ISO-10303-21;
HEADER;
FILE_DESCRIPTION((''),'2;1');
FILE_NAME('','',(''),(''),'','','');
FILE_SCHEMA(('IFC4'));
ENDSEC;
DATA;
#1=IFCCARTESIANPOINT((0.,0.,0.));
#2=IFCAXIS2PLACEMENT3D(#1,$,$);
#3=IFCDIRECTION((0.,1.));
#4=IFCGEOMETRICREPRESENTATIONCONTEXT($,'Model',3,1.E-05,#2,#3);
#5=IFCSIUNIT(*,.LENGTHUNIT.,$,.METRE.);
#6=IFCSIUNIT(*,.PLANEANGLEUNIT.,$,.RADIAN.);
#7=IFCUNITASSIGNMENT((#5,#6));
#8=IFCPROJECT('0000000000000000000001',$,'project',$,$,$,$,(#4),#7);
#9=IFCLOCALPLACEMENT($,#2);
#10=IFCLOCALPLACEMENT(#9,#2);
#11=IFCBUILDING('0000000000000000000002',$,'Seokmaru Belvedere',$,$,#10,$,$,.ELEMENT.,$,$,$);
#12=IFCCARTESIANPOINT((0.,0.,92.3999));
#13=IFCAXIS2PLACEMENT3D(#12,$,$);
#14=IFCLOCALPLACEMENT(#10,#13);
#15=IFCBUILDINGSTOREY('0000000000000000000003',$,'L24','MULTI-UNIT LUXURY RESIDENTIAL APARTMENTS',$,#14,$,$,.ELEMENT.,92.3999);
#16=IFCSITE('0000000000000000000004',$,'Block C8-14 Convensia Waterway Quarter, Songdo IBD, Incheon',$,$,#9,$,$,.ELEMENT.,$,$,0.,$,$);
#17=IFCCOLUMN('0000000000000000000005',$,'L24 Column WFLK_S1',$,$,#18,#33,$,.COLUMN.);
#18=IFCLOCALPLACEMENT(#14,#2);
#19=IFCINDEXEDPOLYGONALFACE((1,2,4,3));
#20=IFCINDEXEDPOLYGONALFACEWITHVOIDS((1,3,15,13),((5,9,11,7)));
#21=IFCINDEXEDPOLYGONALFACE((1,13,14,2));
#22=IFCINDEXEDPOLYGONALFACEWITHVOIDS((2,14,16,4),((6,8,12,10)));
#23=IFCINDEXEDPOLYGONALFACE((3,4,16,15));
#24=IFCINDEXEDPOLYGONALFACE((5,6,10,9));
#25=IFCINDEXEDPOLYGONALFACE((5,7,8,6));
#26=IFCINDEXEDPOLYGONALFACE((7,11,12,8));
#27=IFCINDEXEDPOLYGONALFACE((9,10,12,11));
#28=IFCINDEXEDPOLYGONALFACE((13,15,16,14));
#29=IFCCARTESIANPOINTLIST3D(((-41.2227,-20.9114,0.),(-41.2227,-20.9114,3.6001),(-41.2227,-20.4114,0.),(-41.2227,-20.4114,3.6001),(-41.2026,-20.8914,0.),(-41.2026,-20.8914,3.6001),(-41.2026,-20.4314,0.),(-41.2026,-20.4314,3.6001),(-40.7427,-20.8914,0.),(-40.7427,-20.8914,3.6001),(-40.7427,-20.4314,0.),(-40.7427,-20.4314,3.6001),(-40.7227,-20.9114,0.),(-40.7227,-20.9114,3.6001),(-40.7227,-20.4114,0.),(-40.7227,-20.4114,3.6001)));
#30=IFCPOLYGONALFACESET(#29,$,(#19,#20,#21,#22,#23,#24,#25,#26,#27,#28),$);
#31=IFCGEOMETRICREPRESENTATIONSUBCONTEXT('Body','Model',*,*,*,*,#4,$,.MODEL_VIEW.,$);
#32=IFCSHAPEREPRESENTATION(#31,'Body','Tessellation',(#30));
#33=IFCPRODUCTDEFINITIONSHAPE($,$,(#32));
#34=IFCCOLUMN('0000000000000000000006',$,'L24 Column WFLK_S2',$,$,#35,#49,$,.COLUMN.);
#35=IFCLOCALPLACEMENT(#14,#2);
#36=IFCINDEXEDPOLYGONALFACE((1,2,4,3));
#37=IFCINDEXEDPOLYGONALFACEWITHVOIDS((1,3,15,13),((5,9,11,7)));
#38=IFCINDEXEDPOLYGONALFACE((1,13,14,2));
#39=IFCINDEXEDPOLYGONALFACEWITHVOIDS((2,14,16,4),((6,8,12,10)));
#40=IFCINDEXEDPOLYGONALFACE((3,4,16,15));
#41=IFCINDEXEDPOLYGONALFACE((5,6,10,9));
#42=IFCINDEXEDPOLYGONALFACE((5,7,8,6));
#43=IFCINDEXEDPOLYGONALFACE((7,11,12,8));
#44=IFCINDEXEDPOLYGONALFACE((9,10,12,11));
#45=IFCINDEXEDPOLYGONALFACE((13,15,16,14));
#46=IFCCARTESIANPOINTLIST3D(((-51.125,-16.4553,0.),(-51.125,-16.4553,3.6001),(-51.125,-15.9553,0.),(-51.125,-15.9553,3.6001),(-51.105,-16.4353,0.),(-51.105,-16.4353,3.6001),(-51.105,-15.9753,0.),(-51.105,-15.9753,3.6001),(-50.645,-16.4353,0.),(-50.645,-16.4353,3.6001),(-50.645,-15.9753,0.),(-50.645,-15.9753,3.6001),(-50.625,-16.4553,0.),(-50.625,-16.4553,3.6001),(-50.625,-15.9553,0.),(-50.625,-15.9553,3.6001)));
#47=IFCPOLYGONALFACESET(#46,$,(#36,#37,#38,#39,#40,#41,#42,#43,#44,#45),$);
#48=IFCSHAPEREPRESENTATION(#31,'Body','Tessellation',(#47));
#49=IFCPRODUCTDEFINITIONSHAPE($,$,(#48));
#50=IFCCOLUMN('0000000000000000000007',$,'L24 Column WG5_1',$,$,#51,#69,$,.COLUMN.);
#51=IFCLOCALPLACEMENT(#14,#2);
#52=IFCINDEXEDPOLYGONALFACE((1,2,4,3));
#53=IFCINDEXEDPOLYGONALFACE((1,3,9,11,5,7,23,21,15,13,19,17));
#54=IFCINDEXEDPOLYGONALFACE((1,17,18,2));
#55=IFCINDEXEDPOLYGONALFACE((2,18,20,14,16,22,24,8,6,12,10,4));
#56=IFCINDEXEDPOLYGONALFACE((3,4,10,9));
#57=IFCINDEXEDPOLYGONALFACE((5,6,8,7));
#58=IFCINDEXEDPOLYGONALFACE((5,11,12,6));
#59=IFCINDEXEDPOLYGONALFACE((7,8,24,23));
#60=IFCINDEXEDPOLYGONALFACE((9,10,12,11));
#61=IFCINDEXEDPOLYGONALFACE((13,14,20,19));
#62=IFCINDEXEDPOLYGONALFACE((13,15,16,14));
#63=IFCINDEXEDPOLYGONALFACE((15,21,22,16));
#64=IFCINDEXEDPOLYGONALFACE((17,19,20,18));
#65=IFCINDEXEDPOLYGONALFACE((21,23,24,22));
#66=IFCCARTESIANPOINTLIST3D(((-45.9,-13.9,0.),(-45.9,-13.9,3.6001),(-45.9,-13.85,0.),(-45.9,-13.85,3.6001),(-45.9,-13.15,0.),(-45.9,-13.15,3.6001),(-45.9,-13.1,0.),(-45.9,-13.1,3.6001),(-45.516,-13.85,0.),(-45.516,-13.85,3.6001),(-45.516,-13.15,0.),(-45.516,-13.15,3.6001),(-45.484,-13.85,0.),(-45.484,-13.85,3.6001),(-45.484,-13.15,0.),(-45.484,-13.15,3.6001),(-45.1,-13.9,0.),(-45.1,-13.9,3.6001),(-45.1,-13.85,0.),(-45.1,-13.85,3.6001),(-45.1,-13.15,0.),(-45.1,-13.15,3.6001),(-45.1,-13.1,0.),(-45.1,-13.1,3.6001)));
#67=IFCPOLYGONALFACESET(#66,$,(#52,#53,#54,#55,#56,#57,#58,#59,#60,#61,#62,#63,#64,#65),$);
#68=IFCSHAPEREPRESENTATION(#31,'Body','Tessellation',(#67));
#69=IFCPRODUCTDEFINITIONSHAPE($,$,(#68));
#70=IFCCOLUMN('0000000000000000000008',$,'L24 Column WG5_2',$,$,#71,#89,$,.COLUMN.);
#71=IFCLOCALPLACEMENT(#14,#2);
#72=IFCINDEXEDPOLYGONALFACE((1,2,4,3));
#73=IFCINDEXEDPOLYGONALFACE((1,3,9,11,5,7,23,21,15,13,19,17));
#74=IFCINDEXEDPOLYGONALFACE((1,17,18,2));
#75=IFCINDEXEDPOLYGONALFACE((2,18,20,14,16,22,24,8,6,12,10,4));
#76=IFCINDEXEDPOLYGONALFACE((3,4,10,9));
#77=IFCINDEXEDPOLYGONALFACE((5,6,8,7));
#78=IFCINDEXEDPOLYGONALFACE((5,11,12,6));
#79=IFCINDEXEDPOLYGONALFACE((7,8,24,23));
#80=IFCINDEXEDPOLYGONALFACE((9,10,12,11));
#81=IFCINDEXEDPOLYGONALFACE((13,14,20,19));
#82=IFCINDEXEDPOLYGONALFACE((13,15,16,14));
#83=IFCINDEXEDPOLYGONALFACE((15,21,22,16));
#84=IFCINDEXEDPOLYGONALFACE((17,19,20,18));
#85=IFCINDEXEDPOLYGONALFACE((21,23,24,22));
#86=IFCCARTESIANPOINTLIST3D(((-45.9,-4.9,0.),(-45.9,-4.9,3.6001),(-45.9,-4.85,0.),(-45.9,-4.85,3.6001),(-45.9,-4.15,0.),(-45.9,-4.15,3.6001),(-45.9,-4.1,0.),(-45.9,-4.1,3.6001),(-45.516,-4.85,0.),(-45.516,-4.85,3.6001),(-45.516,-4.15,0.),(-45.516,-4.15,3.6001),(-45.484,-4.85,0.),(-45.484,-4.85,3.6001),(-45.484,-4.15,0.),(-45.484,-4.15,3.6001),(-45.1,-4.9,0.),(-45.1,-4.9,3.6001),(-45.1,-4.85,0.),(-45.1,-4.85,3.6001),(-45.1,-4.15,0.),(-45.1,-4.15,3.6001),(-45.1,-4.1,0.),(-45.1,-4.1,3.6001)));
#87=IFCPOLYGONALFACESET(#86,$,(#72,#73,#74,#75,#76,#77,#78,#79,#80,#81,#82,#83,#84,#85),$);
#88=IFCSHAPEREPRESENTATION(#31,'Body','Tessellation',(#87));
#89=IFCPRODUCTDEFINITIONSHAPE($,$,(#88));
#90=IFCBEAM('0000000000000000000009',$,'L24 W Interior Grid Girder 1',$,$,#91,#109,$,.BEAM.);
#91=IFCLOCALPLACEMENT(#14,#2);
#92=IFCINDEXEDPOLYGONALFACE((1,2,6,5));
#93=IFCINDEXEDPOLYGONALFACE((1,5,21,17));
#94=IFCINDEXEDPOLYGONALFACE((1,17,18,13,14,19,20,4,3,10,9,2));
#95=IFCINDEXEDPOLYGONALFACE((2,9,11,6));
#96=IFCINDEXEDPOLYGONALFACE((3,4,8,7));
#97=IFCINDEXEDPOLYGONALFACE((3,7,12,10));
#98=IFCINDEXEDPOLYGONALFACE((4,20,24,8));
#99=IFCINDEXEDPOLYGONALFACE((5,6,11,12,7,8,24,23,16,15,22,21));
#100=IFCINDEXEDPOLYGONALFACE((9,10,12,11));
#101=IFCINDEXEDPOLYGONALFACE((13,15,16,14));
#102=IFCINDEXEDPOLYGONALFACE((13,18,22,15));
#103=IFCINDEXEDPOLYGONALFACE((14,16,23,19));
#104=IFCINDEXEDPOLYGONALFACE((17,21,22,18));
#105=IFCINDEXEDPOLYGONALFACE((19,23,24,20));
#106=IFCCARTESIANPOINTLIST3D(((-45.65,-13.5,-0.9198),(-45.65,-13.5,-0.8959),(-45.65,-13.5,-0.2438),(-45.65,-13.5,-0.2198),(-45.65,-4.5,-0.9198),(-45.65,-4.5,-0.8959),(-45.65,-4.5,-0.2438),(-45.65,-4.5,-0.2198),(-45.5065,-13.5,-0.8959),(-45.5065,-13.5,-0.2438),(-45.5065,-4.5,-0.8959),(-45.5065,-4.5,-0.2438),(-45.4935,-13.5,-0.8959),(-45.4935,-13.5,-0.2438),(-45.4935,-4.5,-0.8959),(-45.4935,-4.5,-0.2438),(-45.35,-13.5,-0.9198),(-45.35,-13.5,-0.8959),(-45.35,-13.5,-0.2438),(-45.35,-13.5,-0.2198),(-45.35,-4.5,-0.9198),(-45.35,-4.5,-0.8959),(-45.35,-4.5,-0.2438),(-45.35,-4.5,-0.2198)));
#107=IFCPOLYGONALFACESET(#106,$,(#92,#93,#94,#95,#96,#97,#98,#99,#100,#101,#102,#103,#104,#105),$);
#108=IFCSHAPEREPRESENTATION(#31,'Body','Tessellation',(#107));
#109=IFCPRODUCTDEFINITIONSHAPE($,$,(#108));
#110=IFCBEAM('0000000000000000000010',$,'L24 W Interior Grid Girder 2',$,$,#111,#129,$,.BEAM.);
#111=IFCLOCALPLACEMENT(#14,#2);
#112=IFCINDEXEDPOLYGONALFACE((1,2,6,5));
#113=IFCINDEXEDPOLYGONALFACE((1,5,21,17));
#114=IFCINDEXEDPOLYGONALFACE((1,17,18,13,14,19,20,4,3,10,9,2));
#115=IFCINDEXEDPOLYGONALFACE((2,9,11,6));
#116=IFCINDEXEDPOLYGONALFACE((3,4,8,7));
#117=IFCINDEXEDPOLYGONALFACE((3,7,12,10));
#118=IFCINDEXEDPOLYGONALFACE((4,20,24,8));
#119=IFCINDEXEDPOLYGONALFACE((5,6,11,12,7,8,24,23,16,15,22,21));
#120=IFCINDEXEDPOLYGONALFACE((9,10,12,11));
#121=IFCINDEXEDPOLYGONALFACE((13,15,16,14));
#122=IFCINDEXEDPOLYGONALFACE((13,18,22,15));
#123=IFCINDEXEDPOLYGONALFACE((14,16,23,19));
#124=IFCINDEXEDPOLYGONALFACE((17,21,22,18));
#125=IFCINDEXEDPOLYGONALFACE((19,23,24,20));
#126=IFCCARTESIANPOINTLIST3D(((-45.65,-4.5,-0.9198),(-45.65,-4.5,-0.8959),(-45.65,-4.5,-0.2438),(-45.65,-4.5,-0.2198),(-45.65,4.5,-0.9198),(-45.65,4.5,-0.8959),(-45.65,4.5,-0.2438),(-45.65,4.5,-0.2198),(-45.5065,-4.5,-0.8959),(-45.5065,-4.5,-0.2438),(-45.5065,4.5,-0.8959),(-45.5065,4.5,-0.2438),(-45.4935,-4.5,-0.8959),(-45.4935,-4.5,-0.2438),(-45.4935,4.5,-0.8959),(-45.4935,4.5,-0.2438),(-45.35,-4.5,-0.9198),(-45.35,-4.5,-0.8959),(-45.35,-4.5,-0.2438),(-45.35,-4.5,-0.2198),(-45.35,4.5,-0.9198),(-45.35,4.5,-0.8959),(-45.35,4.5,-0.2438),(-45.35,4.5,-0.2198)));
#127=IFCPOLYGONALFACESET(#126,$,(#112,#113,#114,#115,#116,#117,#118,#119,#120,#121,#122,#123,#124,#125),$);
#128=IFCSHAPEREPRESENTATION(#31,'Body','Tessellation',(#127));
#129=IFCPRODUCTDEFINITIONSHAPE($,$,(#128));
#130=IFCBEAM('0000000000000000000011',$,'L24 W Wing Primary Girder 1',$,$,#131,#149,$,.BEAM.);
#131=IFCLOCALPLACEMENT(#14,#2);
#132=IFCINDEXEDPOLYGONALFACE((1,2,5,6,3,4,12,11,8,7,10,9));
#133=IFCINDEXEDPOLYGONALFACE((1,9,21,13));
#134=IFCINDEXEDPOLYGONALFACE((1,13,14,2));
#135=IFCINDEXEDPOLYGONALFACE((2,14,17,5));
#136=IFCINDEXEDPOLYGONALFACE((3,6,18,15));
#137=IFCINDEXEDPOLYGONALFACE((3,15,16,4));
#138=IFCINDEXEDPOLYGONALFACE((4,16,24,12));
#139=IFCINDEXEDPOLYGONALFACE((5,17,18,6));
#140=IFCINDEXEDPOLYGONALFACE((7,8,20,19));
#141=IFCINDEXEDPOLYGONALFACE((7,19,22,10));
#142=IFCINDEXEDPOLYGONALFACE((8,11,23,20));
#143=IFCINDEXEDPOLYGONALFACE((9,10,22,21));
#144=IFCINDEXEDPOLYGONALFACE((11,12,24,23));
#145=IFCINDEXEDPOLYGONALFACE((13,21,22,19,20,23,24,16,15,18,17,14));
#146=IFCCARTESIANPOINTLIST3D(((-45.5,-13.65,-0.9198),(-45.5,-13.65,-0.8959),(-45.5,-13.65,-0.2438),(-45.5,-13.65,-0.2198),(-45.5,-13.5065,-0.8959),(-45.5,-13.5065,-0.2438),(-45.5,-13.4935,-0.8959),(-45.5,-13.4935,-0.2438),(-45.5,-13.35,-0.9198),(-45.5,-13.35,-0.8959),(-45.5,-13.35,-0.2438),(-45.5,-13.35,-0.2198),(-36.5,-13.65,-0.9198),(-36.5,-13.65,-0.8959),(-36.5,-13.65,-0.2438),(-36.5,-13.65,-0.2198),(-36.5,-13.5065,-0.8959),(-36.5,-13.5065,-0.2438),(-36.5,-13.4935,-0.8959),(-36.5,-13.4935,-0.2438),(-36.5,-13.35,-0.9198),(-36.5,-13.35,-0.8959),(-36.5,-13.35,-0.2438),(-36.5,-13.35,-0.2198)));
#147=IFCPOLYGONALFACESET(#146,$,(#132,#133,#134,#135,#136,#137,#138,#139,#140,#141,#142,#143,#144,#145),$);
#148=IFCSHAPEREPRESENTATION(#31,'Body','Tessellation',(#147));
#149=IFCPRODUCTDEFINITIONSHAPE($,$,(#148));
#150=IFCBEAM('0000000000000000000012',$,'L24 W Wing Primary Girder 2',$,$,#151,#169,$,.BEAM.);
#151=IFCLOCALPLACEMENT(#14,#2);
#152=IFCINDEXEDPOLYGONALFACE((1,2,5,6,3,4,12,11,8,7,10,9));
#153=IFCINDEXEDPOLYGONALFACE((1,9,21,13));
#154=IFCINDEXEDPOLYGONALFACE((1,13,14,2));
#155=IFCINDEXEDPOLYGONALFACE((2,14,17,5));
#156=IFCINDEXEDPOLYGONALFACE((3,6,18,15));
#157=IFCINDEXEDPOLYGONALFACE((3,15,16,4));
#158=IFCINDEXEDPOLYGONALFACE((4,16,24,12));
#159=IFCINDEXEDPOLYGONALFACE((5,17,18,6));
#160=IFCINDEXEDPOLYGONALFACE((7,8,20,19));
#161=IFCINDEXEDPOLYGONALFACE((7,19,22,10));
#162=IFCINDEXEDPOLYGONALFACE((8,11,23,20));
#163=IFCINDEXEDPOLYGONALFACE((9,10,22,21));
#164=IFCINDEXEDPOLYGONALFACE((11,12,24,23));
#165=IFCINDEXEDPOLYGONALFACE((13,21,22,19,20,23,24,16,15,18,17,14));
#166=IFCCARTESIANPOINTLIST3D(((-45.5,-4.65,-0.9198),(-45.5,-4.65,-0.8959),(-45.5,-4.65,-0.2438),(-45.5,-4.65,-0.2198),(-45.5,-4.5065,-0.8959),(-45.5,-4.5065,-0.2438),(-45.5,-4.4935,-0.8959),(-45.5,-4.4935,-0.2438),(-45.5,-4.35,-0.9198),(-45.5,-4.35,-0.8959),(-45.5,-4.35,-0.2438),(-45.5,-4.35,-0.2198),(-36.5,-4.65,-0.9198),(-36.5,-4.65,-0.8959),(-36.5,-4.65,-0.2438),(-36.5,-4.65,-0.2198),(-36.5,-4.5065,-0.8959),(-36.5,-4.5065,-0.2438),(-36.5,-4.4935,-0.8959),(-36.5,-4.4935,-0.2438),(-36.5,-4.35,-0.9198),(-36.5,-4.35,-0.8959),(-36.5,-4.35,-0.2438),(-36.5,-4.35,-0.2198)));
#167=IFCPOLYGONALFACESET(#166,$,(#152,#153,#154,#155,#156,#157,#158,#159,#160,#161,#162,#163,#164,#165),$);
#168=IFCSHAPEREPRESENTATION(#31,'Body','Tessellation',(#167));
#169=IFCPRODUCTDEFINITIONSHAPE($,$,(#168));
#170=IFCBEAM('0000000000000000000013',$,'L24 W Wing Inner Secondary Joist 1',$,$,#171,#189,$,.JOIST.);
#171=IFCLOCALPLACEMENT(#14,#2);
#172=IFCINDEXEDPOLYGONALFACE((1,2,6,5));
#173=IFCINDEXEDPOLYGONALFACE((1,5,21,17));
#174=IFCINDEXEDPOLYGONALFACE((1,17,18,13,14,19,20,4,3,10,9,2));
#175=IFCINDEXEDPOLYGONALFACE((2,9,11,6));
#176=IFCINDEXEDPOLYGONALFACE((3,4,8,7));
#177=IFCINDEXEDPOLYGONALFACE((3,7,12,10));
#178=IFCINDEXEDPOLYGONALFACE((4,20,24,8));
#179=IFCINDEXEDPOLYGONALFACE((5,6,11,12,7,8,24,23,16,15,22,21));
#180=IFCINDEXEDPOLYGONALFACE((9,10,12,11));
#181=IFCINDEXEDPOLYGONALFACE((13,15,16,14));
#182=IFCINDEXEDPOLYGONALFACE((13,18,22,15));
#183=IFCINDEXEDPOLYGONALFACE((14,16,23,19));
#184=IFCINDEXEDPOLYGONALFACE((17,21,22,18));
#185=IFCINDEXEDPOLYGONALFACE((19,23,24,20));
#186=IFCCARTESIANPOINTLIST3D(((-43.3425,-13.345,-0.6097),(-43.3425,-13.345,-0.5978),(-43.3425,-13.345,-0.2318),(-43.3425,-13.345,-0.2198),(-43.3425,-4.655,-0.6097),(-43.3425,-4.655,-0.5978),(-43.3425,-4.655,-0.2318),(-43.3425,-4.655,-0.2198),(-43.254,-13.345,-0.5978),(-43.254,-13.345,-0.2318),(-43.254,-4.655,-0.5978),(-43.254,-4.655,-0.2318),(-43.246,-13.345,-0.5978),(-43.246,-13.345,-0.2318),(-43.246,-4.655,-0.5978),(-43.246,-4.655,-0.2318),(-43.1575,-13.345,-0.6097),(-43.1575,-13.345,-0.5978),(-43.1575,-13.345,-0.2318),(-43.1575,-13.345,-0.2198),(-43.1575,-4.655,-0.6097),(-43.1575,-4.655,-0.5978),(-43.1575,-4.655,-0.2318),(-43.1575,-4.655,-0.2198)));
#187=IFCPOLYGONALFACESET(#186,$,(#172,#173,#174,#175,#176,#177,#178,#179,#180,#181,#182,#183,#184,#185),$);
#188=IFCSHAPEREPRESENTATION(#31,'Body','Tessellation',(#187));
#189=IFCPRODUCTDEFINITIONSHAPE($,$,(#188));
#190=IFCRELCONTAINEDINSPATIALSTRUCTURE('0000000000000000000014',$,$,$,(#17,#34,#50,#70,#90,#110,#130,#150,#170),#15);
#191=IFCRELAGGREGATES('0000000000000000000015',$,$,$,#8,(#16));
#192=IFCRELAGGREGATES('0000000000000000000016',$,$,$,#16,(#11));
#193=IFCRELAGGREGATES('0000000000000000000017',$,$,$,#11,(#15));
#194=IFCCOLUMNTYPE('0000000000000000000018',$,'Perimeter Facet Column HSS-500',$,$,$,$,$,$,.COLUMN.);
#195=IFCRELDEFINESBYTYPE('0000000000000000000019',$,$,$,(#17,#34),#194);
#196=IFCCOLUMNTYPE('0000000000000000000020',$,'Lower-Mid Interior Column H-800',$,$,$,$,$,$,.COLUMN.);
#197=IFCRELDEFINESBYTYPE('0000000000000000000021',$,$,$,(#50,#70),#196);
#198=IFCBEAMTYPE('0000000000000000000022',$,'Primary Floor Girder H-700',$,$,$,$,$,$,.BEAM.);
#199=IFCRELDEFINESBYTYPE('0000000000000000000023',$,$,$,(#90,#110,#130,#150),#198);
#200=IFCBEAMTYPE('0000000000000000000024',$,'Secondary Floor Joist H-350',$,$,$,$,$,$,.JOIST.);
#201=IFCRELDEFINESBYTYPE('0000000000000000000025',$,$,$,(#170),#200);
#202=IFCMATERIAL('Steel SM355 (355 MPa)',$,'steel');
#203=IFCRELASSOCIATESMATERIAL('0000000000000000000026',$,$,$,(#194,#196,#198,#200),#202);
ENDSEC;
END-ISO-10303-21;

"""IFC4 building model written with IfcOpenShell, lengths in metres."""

from ifc_helpers import new_model, si_unit, direction, frame, origin, origin_2d, place, context, subcontext, project, spatial, hollow_rectangle, i_section, extrude, source, transform, mapped, material, material_profile, profile_set, type_object, type_shapes, element, save


model = new_model("IFC4")

# Units and contexts
model_context = context("Model", 3, precision=1e-05, world=origin(), true_north=direction((0.0, 1.0)))
body_context = subcontext(model_context, "Body", "Model", "MODEL_VIEW")
ifc_project = project(units=[si_unit("LENGTHUNIT", "METRE"), si_unit("PLANEANGLEUNIT", "RADIAN")], contexts=[model_context])

# Site, building, storey
site_placement = place(None, origin())
site = spatial("IfcSite", under=ifc_project, at=site_placement, Name="Block C8-14 Convensia Waterway Quarter, Songdo IBD, Incheon", CompositionType="ELEMENT", RefElevation=0.0)
building_placement = place(site_placement, origin())
building = spatial("IfcBuilding", under=site, at=building_placement, Name="Seokmaru Belvedere", CompositionType="ELEMENT")
storey_placement = place(building_placement, frame((0.0, 0.0, 92.3999)))
storey = spatial("IfcBuildingStorey", under=building, at=storey_placement, Name="L24", Description="MULTI-UNIT LUXURY RESIDENTIAL APARTMENTS", CompositionType="ELEMENT", Elevation=92.3999)

# Columns
ifc_material_1 = material(Name="Steel SM355 (355 MPa)", Category="steel")
ifc_material_profile_1 = material_profile(ifc_material_1, hollow_rectangle(XDim=0.5, YDim=0.5, WallThickness=0.02, at=origin_2d()), Name="HSS-500x500x20")
ifc_profile_set_1 = profile_set([ifc_material_profile_1], Name="Steel SM355 (355 MPa)")
column_type_1 = type_object("IfcColumnType", Name="Perimeter Facet Column HSS-500", PredefinedType="COLUMN", material=ifc_profile_set_1)
shared_shape_1 = source(origin(), body_context, "Body", "SweptSolid", [
    extrude(hollow_rectangle(XDim=0.5, YDim=0.5, WallThickness=0.02, at=origin_2d()), origin(), (0.0, 0.0, 1.0), 3.6001),
])
type_shapes(column_type_1, [shared_shape_1])
for number, where, z_axis, x_axis, name in (
    (1, (-40.9727, -20.6614, 0.0), (0.0, 0.0, 1.0), (1.0, 0.0, 0.0), "L24 Column WFLK_S1"),
    (2, (-50.875, -16.2053, 0.0), (0.0, 0.0, 1.0), (1.0, 0.0, 0.0), "L24 Column WFLK_S2"),
):
    element("IfcColumn", number, at=place(storey_placement, frame(where, z_axis=z_axis, x_axis=x_axis)), inside=storey, type_object=column_type_1, Name=name, PredefinedType="COLUMN", context=body_context, shape_type="MappedRepresentation", body=[
        mapped(shared_shape_1, transform((0.0, 0.0, 0.0), scale=1.0)),
    ])
ifc_material_profile_2 = material_profile(ifc_material_1, i_section(OverallWidth=0.8, OverallDepth=0.8, WebThickness=0.032, FlangeThickness=0.05, at=origin_2d()), Name="H-800x800x32x50")
ifc_profile_set_2 = profile_set([ifc_material_profile_2], Name="Steel SM355 (355 MPa)")
column_type_2 = type_object("IfcColumnType", Name="Lower-Mid Interior Column H-800", PredefinedType="COLUMN", material=ifc_profile_set_2)
shared_shape_2 = source(origin(), body_context, "Body", "SweptSolid", [
    extrude(i_section(OverallWidth=0.8, OverallDepth=0.8, WebThickness=0.032, FlangeThickness=0.05, at=origin_2d()), origin(), (0.0, 0.0, 1.0), 3.6001),
])
type_shapes(column_type_2, [shared_shape_2])
for number, where, z_axis, x_axis, name in (
    (3, (-45.5, -13.5, 0.0), (0.0, 0.0, 1.0), (1.0, 0.0, 0.0), "L24 Column WG5_1"),
    (4, (-45.5, -4.5, 0.0), (0.0, 0.0, 1.0), (1.0, 0.0, 0.0), "L24 Column WG5_2"),
):
    element("IfcColumn", number, at=place(storey_placement, frame(where, z_axis=z_axis, x_axis=x_axis)), inside=storey, type_object=column_type_2, Name=name, PredefinedType="COLUMN", context=body_context, shape_type="MappedRepresentation", body=[
        mapped(shared_shape_2, transform((0.0, 0.0, 0.0), scale=1.0)),
    ])

# Beams
ifc_material_profile_3 = material_profile(ifc_material_1, i_section(OverallWidth=0.3, OverallDepth=0.7, WebThickness=0.0129, FlangeThickness=0.0239, at=origin_2d()), Name="H-700x300x13x24")
ifc_profile_set_3 = profile_set([ifc_material_profile_3], Name="Steel SM355 (355 MPa)")
beam_type_1 = type_object("IfcBeamType", Name="Primary Floor Girder H-700", PredefinedType="BEAM", material=ifc_profile_set_3)
shared_shape_3 = source(origin(), body_context, "Body", "SweptSolid", [
    extrude(i_section(OverallWidth=0.3, OverallDepth=0.7, WebThickness=0.0129, FlangeThickness=0.0239, at=origin_2d()), origin(), (0.0, 0.0, 1.0), 9.0),
])
for number, where, z_axis, x_axis, name in (
    (5, (-45.5, -13.5, -0.5698), (0.0, 1.0, 0.0), (-1.0, 0.0, 0.0), "L24 W Interior Grid Girder 1"),
    (6, (-45.5, -4.5, -0.5698), (0.0, 1.0, 0.0), (-1.0, 0.0, 0.0), "L24 W Interior Grid Girder 2"),
    (7, (-45.5, -13.5, -0.5698), (1.0, 0.0, 0.0), (0.0, 1.0, 0.0), "L24 W Wing Primary Girder 1"),
    (8, (-45.5, -4.5, -0.5698), (1.0, 0.0, 0.0), (0.0, 1.0, 0.0), "L24 W Wing Primary Girder 2"),
):
    element("IfcBeam", number, at=place(storey_placement, frame(where, z_axis=z_axis, x_axis=x_axis)), inside=storey, type_object=beam_type_1, Name=name, PredefinedType="BEAM", context=body_context, shape_type="MappedRepresentation", body=[
        mapped(shared_shape_3, transform((0.0, 0.0, 0.0), scale=1.0)),
    ])
ifc_material_profile_4 = material_profile(ifc_material_1, i_section(OverallWidth=0.1851, OverallDepth=0.3899, WebThickness=0.0081, FlangeThickness=0.012, at=origin_2d()), Name="H-390x185x8x12")
ifc_profile_set_4 = profile_set([ifc_material_profile_4], Name="Steel SM355 (355 MPa)")
beam_type_2 = type_object("IfcBeamType", Name="Secondary Floor Joist H-350", PredefinedType="JOIST", material=ifc_profile_set_4)
shared_shape_4 = source(origin(), body_context, "Body", "SweptSolid", [
    extrude(i_section(OverallWidth=0.1851, OverallDepth=0.3899, WebThickness=0.0081, FlangeThickness=0.012, at=origin_2d()), origin(), (0.0, 0.0, 1.0), 8.6899),
])
type_shapes(beam_type_2, [shared_shape_4])
for number, where, z_axis, x_axis, name in (
    (9, (-43.25, -13.345, -0.4148), (0.0, 1.0, 0.0), (-1.0, 0.0, 0.0), "L24 W Wing Inner Secondary Joist 1"),
):
    element("IfcBeam", number, at=place(storey_placement, frame(where, z_axis=z_axis, x_axis=x_axis)), inside=storey, type_object=beam_type_2, Name=name, PredefinedType="JOIST", context=body_context, shape_type="MappedRepresentation", body=[
        mapped(shared_shape_4, transform((0.0, 0.0, 0.0), scale=1.0)),
    ])

save(model, "model.ifc")
